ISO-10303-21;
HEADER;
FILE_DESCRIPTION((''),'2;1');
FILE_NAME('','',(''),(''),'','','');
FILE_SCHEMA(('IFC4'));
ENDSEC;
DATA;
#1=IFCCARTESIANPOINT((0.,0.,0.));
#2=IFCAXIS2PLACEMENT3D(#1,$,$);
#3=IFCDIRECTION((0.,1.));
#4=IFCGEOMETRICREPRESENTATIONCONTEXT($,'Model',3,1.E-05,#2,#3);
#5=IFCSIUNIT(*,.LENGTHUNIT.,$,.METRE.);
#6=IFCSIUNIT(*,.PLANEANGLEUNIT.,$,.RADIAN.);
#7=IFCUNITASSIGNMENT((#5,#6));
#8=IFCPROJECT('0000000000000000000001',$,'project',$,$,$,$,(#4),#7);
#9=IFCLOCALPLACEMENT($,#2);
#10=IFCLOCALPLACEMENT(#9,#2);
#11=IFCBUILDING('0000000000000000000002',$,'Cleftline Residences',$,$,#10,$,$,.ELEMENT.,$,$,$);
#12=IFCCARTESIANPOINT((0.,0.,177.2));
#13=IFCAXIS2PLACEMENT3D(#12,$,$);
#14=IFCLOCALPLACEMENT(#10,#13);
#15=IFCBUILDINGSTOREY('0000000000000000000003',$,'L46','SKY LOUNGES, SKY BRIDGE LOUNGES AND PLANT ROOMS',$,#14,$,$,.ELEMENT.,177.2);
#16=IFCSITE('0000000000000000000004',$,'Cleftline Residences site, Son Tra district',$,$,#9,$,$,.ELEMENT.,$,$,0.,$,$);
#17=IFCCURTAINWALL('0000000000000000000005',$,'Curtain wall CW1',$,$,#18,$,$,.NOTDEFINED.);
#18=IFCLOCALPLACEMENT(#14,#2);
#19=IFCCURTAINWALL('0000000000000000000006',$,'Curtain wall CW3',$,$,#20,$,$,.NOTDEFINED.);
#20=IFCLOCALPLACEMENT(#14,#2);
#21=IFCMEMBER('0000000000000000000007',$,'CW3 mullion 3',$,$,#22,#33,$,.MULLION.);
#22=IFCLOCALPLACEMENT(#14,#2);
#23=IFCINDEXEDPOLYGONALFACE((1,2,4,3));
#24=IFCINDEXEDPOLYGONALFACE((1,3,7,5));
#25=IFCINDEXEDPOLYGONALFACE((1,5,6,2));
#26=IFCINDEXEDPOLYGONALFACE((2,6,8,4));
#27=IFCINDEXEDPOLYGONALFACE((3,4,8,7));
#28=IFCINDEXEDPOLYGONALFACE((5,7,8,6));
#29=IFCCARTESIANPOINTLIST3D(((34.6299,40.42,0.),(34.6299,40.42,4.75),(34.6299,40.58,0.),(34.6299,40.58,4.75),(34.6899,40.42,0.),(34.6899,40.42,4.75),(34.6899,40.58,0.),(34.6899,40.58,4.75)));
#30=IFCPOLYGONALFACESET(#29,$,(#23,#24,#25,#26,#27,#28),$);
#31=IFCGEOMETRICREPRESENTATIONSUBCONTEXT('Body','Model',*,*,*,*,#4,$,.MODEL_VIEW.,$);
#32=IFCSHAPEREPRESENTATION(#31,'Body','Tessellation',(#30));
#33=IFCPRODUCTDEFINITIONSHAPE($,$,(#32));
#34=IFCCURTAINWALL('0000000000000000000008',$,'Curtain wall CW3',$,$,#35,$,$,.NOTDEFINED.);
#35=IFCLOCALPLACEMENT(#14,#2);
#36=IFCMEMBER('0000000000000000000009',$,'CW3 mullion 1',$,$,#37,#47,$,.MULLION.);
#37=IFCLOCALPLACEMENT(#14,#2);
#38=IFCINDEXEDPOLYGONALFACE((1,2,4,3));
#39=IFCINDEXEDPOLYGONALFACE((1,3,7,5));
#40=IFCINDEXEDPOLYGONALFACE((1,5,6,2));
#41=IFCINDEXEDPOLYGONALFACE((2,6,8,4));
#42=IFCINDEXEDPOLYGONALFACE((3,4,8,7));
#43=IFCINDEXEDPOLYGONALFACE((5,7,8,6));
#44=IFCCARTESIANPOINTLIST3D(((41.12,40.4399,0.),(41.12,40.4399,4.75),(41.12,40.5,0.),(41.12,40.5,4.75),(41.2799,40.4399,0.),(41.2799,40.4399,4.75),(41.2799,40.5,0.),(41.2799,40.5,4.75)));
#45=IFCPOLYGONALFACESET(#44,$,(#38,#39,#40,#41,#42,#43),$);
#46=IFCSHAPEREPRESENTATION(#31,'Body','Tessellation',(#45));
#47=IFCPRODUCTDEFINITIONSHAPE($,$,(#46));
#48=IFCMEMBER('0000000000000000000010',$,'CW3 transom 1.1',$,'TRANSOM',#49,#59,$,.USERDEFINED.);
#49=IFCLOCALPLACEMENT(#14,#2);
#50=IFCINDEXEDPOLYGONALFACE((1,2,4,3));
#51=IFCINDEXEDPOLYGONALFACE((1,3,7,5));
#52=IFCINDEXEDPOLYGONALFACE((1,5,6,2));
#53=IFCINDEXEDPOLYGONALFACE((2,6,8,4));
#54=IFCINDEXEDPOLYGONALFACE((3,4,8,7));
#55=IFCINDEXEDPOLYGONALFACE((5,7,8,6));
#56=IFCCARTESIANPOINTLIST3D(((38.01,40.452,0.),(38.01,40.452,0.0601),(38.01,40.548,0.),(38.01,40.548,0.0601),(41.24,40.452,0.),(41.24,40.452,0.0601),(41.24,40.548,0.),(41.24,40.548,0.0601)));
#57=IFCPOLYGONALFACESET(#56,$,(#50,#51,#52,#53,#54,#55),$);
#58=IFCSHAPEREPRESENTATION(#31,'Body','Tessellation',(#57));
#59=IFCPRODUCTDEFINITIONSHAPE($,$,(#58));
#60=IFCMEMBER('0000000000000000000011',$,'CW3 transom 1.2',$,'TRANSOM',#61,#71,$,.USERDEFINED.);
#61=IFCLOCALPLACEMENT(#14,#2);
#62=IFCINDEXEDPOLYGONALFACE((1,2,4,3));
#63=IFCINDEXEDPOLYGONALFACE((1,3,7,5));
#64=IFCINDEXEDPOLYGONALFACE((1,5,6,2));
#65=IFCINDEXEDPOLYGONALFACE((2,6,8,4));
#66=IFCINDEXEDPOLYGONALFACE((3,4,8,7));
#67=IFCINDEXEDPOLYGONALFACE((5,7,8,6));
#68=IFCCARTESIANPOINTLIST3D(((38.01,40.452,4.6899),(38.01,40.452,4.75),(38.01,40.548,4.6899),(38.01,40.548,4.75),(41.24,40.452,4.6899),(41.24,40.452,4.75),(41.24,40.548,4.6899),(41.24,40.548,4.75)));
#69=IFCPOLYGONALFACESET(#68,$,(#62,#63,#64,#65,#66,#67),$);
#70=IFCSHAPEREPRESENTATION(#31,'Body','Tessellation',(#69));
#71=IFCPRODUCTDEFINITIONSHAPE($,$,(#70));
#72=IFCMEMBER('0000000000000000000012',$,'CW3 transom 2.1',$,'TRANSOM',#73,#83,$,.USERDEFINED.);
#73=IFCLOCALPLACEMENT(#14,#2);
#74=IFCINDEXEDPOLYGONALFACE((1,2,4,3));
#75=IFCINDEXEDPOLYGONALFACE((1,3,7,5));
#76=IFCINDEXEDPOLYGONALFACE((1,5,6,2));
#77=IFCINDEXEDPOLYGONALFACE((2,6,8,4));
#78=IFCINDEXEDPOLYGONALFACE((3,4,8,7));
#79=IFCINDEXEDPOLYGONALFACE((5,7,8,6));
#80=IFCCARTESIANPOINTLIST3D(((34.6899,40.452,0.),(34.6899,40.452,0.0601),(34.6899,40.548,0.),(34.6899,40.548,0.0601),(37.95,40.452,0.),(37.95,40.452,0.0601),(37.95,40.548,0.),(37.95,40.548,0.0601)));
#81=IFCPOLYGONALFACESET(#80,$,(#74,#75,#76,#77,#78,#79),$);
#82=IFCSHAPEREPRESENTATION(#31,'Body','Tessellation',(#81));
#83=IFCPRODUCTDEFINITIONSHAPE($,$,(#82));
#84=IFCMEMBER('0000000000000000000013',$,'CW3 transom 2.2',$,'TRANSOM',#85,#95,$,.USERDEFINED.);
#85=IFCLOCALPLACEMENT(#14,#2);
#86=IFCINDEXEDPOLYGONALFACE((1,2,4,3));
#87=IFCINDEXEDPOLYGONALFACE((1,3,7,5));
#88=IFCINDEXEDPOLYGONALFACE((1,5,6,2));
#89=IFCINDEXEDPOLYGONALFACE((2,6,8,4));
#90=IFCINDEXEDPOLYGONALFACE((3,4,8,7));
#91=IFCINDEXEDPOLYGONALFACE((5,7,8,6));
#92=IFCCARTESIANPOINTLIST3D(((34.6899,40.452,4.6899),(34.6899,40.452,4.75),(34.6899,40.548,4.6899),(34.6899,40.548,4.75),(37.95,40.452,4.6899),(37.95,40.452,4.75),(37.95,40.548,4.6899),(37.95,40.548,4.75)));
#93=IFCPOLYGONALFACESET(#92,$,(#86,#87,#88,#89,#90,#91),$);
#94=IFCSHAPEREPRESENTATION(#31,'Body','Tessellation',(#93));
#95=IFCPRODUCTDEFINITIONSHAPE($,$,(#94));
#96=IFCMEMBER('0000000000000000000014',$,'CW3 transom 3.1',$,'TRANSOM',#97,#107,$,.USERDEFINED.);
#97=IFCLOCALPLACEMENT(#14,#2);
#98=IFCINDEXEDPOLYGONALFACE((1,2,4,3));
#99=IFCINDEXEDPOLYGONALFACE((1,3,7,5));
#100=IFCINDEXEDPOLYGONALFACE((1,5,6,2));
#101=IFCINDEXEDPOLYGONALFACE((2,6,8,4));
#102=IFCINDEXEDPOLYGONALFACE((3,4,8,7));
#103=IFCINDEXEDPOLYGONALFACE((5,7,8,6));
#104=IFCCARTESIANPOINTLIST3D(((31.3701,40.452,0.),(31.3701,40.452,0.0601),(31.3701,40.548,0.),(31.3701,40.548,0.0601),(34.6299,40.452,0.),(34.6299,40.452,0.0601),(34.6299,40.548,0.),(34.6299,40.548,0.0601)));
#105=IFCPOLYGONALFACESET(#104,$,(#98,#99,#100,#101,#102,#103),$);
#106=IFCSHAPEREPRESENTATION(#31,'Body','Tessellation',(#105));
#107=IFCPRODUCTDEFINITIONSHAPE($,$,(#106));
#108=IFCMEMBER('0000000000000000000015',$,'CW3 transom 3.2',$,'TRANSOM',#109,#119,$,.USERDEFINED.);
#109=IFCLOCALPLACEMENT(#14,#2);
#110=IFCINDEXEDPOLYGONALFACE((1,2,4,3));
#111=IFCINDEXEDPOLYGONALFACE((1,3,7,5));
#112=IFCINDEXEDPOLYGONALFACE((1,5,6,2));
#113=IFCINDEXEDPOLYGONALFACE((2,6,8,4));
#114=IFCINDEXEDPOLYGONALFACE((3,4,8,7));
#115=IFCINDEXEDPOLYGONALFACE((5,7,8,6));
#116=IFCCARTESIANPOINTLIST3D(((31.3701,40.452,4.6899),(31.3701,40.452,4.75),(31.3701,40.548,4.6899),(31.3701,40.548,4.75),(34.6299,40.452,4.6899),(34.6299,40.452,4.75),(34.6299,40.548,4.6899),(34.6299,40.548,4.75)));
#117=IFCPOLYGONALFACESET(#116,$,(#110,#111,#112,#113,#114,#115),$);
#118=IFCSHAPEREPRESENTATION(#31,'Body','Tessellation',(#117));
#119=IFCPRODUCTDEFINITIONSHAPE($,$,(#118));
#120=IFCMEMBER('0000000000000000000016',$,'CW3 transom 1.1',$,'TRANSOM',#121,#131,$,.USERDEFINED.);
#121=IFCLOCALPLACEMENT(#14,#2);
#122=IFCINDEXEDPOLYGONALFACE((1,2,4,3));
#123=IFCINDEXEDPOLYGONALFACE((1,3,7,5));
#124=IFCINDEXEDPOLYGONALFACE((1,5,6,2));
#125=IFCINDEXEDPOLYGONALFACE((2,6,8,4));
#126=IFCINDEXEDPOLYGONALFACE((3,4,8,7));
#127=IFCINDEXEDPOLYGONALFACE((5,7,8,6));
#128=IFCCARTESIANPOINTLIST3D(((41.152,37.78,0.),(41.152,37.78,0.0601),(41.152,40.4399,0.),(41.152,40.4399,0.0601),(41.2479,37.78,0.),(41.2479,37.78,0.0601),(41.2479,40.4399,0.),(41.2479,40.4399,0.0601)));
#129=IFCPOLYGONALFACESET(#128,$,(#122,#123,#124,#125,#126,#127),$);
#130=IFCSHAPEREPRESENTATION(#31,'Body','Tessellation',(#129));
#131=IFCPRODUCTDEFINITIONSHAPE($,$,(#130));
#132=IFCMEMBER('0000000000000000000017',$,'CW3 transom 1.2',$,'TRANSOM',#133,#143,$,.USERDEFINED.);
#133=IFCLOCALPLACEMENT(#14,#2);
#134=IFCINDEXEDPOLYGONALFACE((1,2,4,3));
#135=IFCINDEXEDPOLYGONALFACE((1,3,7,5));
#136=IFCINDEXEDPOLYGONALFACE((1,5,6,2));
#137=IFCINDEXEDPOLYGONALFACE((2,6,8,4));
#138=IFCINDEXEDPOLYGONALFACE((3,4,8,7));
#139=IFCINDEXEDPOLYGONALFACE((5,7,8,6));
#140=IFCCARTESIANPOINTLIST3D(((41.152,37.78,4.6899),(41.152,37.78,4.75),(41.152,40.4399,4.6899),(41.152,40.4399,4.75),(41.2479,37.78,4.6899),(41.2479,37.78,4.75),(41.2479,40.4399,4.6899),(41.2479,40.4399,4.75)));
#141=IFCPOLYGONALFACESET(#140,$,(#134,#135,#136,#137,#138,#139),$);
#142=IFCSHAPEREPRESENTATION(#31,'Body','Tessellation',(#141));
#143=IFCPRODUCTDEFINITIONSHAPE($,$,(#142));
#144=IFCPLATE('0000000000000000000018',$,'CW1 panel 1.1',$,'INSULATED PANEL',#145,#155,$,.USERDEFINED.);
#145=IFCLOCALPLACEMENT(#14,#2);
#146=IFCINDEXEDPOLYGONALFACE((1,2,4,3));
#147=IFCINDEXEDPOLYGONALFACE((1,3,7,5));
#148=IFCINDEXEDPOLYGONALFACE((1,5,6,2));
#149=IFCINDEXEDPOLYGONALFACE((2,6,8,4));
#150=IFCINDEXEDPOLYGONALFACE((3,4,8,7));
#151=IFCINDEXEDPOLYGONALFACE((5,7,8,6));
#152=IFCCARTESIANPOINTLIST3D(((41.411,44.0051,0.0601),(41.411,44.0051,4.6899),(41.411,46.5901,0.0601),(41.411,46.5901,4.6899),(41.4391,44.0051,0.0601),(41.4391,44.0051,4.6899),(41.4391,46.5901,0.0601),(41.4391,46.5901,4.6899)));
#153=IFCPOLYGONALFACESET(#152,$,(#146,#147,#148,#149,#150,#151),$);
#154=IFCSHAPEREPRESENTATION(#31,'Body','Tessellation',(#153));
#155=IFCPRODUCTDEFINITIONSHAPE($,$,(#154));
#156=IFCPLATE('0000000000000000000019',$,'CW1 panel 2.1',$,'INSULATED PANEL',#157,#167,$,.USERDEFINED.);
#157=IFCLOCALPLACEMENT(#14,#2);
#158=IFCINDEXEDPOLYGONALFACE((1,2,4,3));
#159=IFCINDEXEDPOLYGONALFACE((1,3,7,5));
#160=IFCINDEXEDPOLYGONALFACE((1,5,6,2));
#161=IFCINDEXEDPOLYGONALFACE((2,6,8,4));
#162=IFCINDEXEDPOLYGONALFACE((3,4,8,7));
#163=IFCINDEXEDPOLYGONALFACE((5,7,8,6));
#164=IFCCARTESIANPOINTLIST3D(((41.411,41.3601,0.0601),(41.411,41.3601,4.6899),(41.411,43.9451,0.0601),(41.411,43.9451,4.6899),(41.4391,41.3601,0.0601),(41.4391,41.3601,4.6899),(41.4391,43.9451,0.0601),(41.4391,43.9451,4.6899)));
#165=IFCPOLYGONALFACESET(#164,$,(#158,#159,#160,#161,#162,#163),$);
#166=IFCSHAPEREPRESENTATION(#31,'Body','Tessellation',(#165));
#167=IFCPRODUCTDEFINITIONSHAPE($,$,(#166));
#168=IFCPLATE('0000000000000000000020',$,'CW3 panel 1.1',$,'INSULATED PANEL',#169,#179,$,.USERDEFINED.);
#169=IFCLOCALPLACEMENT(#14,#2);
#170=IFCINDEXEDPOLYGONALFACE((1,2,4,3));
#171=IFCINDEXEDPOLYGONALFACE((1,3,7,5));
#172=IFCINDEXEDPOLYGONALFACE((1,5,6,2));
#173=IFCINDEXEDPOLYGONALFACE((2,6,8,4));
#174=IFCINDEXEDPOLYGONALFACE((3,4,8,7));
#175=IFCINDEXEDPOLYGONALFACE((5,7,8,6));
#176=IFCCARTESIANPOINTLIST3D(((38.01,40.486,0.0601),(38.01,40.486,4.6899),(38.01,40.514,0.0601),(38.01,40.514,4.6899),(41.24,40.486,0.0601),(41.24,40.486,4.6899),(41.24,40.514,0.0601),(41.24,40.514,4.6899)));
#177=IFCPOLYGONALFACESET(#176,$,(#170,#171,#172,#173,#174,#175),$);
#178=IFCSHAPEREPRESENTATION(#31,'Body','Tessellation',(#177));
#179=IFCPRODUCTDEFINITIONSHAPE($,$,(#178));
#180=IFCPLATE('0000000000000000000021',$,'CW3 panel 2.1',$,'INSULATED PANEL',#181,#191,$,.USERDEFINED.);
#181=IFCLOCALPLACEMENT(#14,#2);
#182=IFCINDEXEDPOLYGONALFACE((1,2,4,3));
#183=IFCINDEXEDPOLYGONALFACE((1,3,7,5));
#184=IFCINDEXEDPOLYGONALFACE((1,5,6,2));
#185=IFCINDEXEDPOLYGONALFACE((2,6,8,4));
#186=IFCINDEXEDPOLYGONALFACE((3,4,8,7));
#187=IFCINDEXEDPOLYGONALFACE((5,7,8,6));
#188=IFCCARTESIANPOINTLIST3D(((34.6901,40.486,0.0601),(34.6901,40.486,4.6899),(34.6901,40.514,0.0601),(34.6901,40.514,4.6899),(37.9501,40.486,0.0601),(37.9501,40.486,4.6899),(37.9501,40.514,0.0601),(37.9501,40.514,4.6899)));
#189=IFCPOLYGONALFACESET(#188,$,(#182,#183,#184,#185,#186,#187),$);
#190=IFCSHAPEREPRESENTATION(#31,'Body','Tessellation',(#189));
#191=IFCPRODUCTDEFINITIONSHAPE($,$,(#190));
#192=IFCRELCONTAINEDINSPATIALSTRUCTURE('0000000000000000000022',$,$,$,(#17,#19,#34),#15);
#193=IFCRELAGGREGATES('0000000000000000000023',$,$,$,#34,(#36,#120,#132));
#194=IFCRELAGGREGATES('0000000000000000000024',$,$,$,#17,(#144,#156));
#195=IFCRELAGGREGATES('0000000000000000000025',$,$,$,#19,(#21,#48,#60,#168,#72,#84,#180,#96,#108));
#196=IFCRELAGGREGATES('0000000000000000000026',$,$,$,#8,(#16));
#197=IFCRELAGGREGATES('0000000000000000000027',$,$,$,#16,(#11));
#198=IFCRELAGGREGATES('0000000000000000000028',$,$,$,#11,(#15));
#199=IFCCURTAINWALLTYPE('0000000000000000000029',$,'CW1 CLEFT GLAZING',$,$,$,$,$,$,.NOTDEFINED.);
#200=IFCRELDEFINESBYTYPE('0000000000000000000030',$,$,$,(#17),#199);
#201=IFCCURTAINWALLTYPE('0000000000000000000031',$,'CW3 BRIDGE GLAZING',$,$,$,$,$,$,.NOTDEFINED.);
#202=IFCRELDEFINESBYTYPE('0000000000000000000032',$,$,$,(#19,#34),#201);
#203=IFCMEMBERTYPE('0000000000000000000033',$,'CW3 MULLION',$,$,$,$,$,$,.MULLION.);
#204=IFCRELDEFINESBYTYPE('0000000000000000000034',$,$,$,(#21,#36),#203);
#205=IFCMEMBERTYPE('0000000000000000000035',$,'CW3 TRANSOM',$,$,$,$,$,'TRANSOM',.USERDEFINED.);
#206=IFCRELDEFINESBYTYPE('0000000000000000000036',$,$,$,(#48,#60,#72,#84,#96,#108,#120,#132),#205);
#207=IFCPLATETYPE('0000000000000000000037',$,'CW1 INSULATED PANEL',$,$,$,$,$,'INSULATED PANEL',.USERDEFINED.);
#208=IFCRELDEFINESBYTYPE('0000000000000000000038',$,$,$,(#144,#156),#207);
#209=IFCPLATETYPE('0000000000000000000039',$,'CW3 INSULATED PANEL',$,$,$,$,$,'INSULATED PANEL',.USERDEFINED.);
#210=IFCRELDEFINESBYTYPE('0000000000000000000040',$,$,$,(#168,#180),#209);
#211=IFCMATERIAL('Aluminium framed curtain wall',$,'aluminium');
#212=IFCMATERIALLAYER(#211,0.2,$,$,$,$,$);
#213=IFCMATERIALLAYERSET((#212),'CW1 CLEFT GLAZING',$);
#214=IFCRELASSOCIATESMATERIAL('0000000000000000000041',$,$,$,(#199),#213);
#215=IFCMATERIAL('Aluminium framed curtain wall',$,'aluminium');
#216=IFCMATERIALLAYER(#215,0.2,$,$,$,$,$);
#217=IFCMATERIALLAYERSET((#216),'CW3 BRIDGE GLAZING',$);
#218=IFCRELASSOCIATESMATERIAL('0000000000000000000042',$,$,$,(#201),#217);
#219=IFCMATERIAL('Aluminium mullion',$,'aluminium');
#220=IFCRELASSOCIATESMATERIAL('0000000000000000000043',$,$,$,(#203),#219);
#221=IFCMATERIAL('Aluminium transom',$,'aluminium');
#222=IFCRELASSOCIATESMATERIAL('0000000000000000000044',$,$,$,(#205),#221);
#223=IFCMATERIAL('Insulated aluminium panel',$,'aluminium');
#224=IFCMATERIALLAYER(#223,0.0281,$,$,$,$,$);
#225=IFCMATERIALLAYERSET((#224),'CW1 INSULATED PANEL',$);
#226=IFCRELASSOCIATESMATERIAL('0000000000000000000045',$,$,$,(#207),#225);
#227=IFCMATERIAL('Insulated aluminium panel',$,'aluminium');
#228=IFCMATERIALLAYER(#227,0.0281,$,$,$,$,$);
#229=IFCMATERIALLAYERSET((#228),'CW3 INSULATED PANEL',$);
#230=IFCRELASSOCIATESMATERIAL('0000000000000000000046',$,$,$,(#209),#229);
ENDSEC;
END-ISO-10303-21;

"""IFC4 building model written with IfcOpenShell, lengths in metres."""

from ifc_helpers import new_model, si_unit, direction, frame, origin, origin_2d, place, context, subcontext, project, spatial, rectangle, extrude, material, layer, layer_set, material_profile, profile_set, type_object, element, aggregate, save


model = new_model("IFC4")

# Units and contexts
model_context = context("Model", 3, precision=1e-05, world=origin(), true_north=direction((0.0, 1.0)))
body_context = subcontext(model_context, "Body", "Model", "MODEL_VIEW")
ifc_project = project(units=[si_unit("LENGTHUNIT", "METRE"), si_unit("PLANEANGLEUNIT", "RADIAN")], contexts=[model_context])

# Site, building, storey
site_placement = place(None, origin())
site = spatial("IfcSite", under=ifc_project, at=site_placement, Name="Cleftline Residences site, Son Tra district", CompositionType="ELEMENT", RefElevation=0.0)
building_placement = place(site_placement, origin())
building = spatial("IfcBuilding", under=site, at=building_placement, Name="Cleftline Residences", CompositionType="ELEMENT")
storey_placement = place(building_placement, frame((0.0, 0.0, 177.2)))
storey = spatial("IfcBuildingStorey", under=building, at=storey_placement, Name="L46", Description="SKY LOUNGES, SKY BRIDGE LOUNGES AND PLANT ROOMS", CompositionType="ELEMENT", Elevation=177.2)

# Curtain walls, member
ifc_material_1 = material(Name="Aluminium framed curtain wall", Category="aluminium")
ifc_layer_1 = layer(ifc_material_1, 0.2)
ifc_layer_set_1 = layer_set([ifc_layer_1], Name="CW1 CLEFT GLAZING")
curtain_wall_type_1 = type_object("IfcCurtainWallType", Name="CW1 CLEFT GLAZING", PredefinedType="NOTDEFINED", material=ifc_layer_set_1)
curtain_wall_1_placement = place(storey_placement, origin())
curtain_wall_1 = element("IfcCurtainWall", 1, at=curtain_wall_1_placement, inside=storey, type_object=curtain_wall_type_1, Name="Curtain wall CW1", PredefinedType="NOTDEFINED")
ifc_material_2 = material(Name="Aluminium framed curtain wall", Category="aluminium")
ifc_layer_2 = layer(ifc_material_2, 0.2)
ifc_layer_set_2 = layer_set([ifc_layer_2], Name="CW3 BRIDGE GLAZING")
curtain_wall_type_2 = type_object("IfcCurtainWallType", Name="CW3 BRIDGE GLAZING", PredefinedType="NOTDEFINED", material=ifc_layer_set_2)
curtain_wall_2_placement = place(storey_placement, origin())
curtain_wall_2 = element("IfcCurtainWall", 2, at=curtain_wall_2_placement, inside=storey, type_object=curtain_wall_type_2, Name="Curtain wall CW3", PredefinedType="NOTDEFINED")
ifc_material_3 = material(Name="Aluminium mullion", Category="aluminium")
ifc_material_profile_1 = material_profile(ifc_material_3, rectangle(XDim=0.1599, YDim=0.0601, at=origin_2d()))
ifc_profile_set_1 = profile_set([ifc_material_profile_1], Name="Aluminium mullion")
member_type_1 = type_object("IfcMemberType", Name="CW3 MULLION", PredefinedType="MULLION", material=ifc_profile_set_1)
member_1_placement = place(storey_placement, frame((34.6599, 40.5, 0.0), z_axis=(0.0, 0.0, 1.0), x_axis=(0.0, -1.0, 0.0)))
member_1 = element("IfcMember", 3, at=member_1_placement, type_object=member_type_1, Name="CW3 mullion 3", PredefinedType="MULLION", context=body_context, shape_type="SweptSolid", body=[
    extrude(rectangle(XDim=0.1599, YDim=0.0601, at=origin_2d()), origin(), (0.0, 0.0, 1.0), 4.75),
])

# Curtain wall, member
curtain_wall_3_placement = place(storey_placement, origin())
curtain_wall_3 = element("IfcCurtainWall", 4, at=curtain_wall_3_placement, inside=storey, type_object=curtain_wall_type_2, Name="Curtain wall CW3", PredefinedType="NOTDEFINED")
member_2_placement = place(storey_placement, frame((41.2, 40.47, 0.0), z_axis=(0.0, 0.0, 1.0), x_axis=(1.0, 0.0, 0.0)))
member_2 = element("IfcMember", 5, at=member_2_placement, type_object=member_type_1, Name="CW3 mullion 1", PredefinedType="MULLION", context=body_context, shape_type="SweptSolid", body=[
    extrude(rectangle(XDim=0.1599, YDim=0.0601, at=origin_2d()), origin(), (0.0, 0.0, 1.0), 4.75),
])

# Members
ifc_material_4 = material(Name="Aluminium transom", Category="aluminium")
ifc_material_profile_2 = material_profile(ifc_material_4, rectangle(XDim=0.0959, YDim=0.0601, at=origin_2d()))
ifc_profile_set_2 = profile_set([ifc_material_profile_2], Name="Aluminium transom")
member_type_2 = type_object("IfcMemberType", Name="CW3 TRANSOM", ElementType="TRANSOM", PredefinedType="USERDEFINED", material=ifc_profile_set_2)
member_3_placement = place(storey_placement, frame((41.24, 40.5, 0.03), z_axis=(-1.0, 0.0, 0.0), x_axis=(0.0, -1.0, 0.0)))
member_3 = element("IfcMember", 6, at=member_3_placement, type_object=member_type_2, Name="CW3 transom 1.1", ObjectType="TRANSOM", PredefinedType="USERDEFINED", context=body_context, shape_type="SweptSolid", body=[
    extrude(rectangle(XDim=0.0959, YDim=0.0601, at=origin_2d()), origin(), (0.0, 0.0, 1.0), 3.23),
])
member_4_placement = place(storey_placement, frame((41.24, 40.5, 4.72), z_axis=(-1.0, 0.0, 0.0), x_axis=(0.0, -1.0, 0.0)))
member_4 = element("IfcMember", 7, at=member_4_placement, type_object=member_type_2, Name="CW3 transom 1.2", ObjectType="TRANSOM", PredefinedType="USERDEFINED", context=body_context, shape_type="SweptSolid", body=[
    extrude(rectangle(XDim=0.0959, YDim=0.0601, at=origin_2d()), origin(), (0.0, 0.0, 1.0), 3.23),
])
member_5_placement = place(storey_placement, frame((37.95, 40.5, 0.03), z_axis=(-1.0, 0.0, 0.0), x_axis=(0.0, -1.0, 0.0)))
member_5 = element("IfcMember", 8, at=member_5_placement, type_object=member_type_2, Name="CW3 transom 2.1", ObjectType="TRANSOM", PredefinedType="USERDEFINED", context=body_context, shape_type="SweptSolid", body=[
    extrude(rectangle(XDim=0.0959, YDim=0.0601, at=origin_2d()), origin(), (0.0, 0.0, 1.0), 3.26),
])
member_6_placement = place(storey_placement, frame((37.95, 40.5, 4.72), z_axis=(-1.0, 0.0, 0.0), x_axis=(0.0, -1.0, 0.0)))
member_6 = element("IfcMember", 9, at=member_6_placement, type_object=member_type_2, Name="CW3 transom 2.2", ObjectType="TRANSOM", PredefinedType="USERDEFINED", context=body_context, shape_type="SweptSolid", body=[
    extrude(rectangle(XDim=0.0959, YDim=0.0601, at=origin_2d()), origin(), (0.0, 0.0, 1.0), 3.26),
])
member_7_placement = place(storey_placement, frame((34.6299, 40.5, 0.03), z_axis=(-1.0, 0.0, 0.0), x_axis=(0.0, -1.0, 0.0)))
member_7 = element("IfcMember", 10, at=member_7_placement, type_object=member_type_2, Name="CW3 transom 3.1", ObjectType="TRANSOM", PredefinedType="USERDEFINED", context=body_context, shape_type="SweptSolid", body=[
    extrude(rectangle(XDim=0.0959, YDim=0.0601, at=origin_2d()), origin(), (0.0, 0.0, 1.0), 3.2598),
])
member_8_placement = place(storey_placement, frame((34.6299, 40.5, 4.72), z_axis=(-1.0, 0.0, 0.0), x_axis=(0.0, -1.0, 0.0)))
member_8 = element("IfcMember", 11, at=member_8_placement, type_object=member_type_2, Name="CW3 transom 3.2", ObjectType="TRANSOM", PredefinedType="USERDEFINED", context=body_context, shape_type="SweptSolid", body=[
    extrude(rectangle(XDim=0.0959, YDim=0.0601, at=origin_2d()), origin(), (0.0, 0.0, 1.0), 3.2598),
])
member_9_placement = place(storey_placement, frame((41.2, 40.4399, 0.03), z_axis=(0.0, -1.0, 0.0), x_axis=(1.0, 0.0, 0.0)))
member_9 = element("IfcMember", 12, at=member_9_placement, type_object=member_type_2, Name="CW3 transom 1.1", ObjectType="TRANSOM", PredefinedType="USERDEFINED", context=body_context, shape_type="SweptSolid", body=[
    extrude(rectangle(XDim=0.0959, YDim=0.0601, at=origin_2d()), origin(), (0.0, 0.0, 1.0), 2.6599),
])
member_10_placement = place(storey_placement, frame((41.2, 40.4399, 4.72), z_axis=(0.0, -1.0, 0.0), x_axis=(1.0, 0.0, 0.0)))
member_10 = element("IfcMember", 13, at=member_10_placement, type_object=member_type_2, Name="CW3 transom 1.2", ObjectType="TRANSOM", PredefinedType="USERDEFINED", context=body_context, shape_type="SweptSolid", body=[
    extrude(rectangle(XDim=0.0959, YDim=0.0601, at=origin_2d()), origin(), (0.0, 0.0, 1.0), 2.6599),
])
aggregate(curtain_wall_3, [member_2, member_9, member_10])

# Plates
ifc_material_5 = material(Name="Insulated aluminium panel", Category="aluminium")
ifc_layer_3 = layer(ifc_material_5, 0.0281)
ifc_layer_set_3 = layer_set([ifc_layer_3], Name="CW1 INSULATED PANEL")
plate_type_1 = type_object("IfcPlateType", Name="CW1 INSULATED PANEL", ElementType="INSULATED PANEL", PredefinedType="USERDEFINED", material=ifc_layer_set_3)
plate_1_placement = place(storey_placement, frame((41.425, 45.2976, 0.0601), z_axis=(0.0, 0.0, 1.0), x_axis=(0.0, -1.0, 0.0)))
plate_1 = element("IfcPlate", 14, at=plate_1_placement, type_object=plate_type_1, Name="CW1 panel 1.1", ObjectType="INSULATED PANEL", PredefinedType="USERDEFINED", context=body_context, shape_type="SweptSolid", body=[
    extrude(rectangle(XDim=2.585, YDim=0.0281, at=origin_2d()), origin(), (0.0, 0.0, 1.0), 4.6299),
])
plate_2_placement = place(storey_placement, frame((41.425, 42.6526, 0.0601), z_axis=(0.0, 0.0, 1.0), x_axis=(0.0, -1.0, 0.0)))
plate_2 = element("IfcPlate", 15, at=plate_2_placement, type_object=plate_type_1, Name="CW1 panel 2.1", ObjectType="INSULATED PANEL", PredefinedType="USERDEFINED", context=body_context, shape_type="SweptSolid", body=[
    extrude(rectangle(XDim=2.585, YDim=0.0281, at=origin_2d()), origin(), (0.0, 0.0, 1.0), 4.6299),
])
aggregate(curtain_wall_1, [plate_1, plate_2])
ifc_material_6 = material(Name="Insulated aluminium panel", Category="aluminium")
ifc_layer_4 = layer(ifc_material_6, 0.0281)
ifc_layer_set_4 = layer_set([ifc_layer_4], Name="CW3 INSULATED PANEL")
plate_type_2 = type_object("IfcPlateType", Name="CW3 INSULATED PANEL", ElementType="INSULATED PANEL", PredefinedType="USERDEFINED", material=ifc_layer_set_4)
plate_3_placement = place(storey_placement, frame((39.625, 40.5, 0.0601), z_axis=(0.0, 0.0, 1.0), x_axis=(-1.0, 0.0, 0.0)))
plate_3 = element("IfcPlate", 16, at=plate_3_placement, type_object=plate_type_2, Name="CW3 panel 1.1", ObjectType="INSULATED PANEL", PredefinedType="USERDEFINED", context=body_context, shape_type="SweptSolid", body=[
    extrude(rectangle(XDim=3.23, YDim=0.0281, at=origin_2d()), origin(), (0.0, 0.0, 1.0), 4.6299),
])
plate_4_placement = place(storey_placement, frame((36.3201, 40.5, 0.0601), z_axis=(0.0, 0.0, 1.0), x_axis=(-1.0, 0.0, 0.0)))
plate_4 = element("IfcPlate", 17, at=plate_4_placement, type_object=plate_type_2, Name="CW3 panel 2.1", ObjectType="INSULATED PANEL", PredefinedType="USERDEFINED", context=body_context, shape_type="SweptSolid", body=[
    extrude(rectangle(XDim=3.26, YDim=0.0281, at=origin_2d()), origin(), (0.0, 0.0, 1.0), 4.6299),
])
aggregate(curtain_wall_2, [member_1, member_3, member_4, plate_3, member_5, member_6, plate_4, member_7, member_8])

save(model, "model.ifc")
